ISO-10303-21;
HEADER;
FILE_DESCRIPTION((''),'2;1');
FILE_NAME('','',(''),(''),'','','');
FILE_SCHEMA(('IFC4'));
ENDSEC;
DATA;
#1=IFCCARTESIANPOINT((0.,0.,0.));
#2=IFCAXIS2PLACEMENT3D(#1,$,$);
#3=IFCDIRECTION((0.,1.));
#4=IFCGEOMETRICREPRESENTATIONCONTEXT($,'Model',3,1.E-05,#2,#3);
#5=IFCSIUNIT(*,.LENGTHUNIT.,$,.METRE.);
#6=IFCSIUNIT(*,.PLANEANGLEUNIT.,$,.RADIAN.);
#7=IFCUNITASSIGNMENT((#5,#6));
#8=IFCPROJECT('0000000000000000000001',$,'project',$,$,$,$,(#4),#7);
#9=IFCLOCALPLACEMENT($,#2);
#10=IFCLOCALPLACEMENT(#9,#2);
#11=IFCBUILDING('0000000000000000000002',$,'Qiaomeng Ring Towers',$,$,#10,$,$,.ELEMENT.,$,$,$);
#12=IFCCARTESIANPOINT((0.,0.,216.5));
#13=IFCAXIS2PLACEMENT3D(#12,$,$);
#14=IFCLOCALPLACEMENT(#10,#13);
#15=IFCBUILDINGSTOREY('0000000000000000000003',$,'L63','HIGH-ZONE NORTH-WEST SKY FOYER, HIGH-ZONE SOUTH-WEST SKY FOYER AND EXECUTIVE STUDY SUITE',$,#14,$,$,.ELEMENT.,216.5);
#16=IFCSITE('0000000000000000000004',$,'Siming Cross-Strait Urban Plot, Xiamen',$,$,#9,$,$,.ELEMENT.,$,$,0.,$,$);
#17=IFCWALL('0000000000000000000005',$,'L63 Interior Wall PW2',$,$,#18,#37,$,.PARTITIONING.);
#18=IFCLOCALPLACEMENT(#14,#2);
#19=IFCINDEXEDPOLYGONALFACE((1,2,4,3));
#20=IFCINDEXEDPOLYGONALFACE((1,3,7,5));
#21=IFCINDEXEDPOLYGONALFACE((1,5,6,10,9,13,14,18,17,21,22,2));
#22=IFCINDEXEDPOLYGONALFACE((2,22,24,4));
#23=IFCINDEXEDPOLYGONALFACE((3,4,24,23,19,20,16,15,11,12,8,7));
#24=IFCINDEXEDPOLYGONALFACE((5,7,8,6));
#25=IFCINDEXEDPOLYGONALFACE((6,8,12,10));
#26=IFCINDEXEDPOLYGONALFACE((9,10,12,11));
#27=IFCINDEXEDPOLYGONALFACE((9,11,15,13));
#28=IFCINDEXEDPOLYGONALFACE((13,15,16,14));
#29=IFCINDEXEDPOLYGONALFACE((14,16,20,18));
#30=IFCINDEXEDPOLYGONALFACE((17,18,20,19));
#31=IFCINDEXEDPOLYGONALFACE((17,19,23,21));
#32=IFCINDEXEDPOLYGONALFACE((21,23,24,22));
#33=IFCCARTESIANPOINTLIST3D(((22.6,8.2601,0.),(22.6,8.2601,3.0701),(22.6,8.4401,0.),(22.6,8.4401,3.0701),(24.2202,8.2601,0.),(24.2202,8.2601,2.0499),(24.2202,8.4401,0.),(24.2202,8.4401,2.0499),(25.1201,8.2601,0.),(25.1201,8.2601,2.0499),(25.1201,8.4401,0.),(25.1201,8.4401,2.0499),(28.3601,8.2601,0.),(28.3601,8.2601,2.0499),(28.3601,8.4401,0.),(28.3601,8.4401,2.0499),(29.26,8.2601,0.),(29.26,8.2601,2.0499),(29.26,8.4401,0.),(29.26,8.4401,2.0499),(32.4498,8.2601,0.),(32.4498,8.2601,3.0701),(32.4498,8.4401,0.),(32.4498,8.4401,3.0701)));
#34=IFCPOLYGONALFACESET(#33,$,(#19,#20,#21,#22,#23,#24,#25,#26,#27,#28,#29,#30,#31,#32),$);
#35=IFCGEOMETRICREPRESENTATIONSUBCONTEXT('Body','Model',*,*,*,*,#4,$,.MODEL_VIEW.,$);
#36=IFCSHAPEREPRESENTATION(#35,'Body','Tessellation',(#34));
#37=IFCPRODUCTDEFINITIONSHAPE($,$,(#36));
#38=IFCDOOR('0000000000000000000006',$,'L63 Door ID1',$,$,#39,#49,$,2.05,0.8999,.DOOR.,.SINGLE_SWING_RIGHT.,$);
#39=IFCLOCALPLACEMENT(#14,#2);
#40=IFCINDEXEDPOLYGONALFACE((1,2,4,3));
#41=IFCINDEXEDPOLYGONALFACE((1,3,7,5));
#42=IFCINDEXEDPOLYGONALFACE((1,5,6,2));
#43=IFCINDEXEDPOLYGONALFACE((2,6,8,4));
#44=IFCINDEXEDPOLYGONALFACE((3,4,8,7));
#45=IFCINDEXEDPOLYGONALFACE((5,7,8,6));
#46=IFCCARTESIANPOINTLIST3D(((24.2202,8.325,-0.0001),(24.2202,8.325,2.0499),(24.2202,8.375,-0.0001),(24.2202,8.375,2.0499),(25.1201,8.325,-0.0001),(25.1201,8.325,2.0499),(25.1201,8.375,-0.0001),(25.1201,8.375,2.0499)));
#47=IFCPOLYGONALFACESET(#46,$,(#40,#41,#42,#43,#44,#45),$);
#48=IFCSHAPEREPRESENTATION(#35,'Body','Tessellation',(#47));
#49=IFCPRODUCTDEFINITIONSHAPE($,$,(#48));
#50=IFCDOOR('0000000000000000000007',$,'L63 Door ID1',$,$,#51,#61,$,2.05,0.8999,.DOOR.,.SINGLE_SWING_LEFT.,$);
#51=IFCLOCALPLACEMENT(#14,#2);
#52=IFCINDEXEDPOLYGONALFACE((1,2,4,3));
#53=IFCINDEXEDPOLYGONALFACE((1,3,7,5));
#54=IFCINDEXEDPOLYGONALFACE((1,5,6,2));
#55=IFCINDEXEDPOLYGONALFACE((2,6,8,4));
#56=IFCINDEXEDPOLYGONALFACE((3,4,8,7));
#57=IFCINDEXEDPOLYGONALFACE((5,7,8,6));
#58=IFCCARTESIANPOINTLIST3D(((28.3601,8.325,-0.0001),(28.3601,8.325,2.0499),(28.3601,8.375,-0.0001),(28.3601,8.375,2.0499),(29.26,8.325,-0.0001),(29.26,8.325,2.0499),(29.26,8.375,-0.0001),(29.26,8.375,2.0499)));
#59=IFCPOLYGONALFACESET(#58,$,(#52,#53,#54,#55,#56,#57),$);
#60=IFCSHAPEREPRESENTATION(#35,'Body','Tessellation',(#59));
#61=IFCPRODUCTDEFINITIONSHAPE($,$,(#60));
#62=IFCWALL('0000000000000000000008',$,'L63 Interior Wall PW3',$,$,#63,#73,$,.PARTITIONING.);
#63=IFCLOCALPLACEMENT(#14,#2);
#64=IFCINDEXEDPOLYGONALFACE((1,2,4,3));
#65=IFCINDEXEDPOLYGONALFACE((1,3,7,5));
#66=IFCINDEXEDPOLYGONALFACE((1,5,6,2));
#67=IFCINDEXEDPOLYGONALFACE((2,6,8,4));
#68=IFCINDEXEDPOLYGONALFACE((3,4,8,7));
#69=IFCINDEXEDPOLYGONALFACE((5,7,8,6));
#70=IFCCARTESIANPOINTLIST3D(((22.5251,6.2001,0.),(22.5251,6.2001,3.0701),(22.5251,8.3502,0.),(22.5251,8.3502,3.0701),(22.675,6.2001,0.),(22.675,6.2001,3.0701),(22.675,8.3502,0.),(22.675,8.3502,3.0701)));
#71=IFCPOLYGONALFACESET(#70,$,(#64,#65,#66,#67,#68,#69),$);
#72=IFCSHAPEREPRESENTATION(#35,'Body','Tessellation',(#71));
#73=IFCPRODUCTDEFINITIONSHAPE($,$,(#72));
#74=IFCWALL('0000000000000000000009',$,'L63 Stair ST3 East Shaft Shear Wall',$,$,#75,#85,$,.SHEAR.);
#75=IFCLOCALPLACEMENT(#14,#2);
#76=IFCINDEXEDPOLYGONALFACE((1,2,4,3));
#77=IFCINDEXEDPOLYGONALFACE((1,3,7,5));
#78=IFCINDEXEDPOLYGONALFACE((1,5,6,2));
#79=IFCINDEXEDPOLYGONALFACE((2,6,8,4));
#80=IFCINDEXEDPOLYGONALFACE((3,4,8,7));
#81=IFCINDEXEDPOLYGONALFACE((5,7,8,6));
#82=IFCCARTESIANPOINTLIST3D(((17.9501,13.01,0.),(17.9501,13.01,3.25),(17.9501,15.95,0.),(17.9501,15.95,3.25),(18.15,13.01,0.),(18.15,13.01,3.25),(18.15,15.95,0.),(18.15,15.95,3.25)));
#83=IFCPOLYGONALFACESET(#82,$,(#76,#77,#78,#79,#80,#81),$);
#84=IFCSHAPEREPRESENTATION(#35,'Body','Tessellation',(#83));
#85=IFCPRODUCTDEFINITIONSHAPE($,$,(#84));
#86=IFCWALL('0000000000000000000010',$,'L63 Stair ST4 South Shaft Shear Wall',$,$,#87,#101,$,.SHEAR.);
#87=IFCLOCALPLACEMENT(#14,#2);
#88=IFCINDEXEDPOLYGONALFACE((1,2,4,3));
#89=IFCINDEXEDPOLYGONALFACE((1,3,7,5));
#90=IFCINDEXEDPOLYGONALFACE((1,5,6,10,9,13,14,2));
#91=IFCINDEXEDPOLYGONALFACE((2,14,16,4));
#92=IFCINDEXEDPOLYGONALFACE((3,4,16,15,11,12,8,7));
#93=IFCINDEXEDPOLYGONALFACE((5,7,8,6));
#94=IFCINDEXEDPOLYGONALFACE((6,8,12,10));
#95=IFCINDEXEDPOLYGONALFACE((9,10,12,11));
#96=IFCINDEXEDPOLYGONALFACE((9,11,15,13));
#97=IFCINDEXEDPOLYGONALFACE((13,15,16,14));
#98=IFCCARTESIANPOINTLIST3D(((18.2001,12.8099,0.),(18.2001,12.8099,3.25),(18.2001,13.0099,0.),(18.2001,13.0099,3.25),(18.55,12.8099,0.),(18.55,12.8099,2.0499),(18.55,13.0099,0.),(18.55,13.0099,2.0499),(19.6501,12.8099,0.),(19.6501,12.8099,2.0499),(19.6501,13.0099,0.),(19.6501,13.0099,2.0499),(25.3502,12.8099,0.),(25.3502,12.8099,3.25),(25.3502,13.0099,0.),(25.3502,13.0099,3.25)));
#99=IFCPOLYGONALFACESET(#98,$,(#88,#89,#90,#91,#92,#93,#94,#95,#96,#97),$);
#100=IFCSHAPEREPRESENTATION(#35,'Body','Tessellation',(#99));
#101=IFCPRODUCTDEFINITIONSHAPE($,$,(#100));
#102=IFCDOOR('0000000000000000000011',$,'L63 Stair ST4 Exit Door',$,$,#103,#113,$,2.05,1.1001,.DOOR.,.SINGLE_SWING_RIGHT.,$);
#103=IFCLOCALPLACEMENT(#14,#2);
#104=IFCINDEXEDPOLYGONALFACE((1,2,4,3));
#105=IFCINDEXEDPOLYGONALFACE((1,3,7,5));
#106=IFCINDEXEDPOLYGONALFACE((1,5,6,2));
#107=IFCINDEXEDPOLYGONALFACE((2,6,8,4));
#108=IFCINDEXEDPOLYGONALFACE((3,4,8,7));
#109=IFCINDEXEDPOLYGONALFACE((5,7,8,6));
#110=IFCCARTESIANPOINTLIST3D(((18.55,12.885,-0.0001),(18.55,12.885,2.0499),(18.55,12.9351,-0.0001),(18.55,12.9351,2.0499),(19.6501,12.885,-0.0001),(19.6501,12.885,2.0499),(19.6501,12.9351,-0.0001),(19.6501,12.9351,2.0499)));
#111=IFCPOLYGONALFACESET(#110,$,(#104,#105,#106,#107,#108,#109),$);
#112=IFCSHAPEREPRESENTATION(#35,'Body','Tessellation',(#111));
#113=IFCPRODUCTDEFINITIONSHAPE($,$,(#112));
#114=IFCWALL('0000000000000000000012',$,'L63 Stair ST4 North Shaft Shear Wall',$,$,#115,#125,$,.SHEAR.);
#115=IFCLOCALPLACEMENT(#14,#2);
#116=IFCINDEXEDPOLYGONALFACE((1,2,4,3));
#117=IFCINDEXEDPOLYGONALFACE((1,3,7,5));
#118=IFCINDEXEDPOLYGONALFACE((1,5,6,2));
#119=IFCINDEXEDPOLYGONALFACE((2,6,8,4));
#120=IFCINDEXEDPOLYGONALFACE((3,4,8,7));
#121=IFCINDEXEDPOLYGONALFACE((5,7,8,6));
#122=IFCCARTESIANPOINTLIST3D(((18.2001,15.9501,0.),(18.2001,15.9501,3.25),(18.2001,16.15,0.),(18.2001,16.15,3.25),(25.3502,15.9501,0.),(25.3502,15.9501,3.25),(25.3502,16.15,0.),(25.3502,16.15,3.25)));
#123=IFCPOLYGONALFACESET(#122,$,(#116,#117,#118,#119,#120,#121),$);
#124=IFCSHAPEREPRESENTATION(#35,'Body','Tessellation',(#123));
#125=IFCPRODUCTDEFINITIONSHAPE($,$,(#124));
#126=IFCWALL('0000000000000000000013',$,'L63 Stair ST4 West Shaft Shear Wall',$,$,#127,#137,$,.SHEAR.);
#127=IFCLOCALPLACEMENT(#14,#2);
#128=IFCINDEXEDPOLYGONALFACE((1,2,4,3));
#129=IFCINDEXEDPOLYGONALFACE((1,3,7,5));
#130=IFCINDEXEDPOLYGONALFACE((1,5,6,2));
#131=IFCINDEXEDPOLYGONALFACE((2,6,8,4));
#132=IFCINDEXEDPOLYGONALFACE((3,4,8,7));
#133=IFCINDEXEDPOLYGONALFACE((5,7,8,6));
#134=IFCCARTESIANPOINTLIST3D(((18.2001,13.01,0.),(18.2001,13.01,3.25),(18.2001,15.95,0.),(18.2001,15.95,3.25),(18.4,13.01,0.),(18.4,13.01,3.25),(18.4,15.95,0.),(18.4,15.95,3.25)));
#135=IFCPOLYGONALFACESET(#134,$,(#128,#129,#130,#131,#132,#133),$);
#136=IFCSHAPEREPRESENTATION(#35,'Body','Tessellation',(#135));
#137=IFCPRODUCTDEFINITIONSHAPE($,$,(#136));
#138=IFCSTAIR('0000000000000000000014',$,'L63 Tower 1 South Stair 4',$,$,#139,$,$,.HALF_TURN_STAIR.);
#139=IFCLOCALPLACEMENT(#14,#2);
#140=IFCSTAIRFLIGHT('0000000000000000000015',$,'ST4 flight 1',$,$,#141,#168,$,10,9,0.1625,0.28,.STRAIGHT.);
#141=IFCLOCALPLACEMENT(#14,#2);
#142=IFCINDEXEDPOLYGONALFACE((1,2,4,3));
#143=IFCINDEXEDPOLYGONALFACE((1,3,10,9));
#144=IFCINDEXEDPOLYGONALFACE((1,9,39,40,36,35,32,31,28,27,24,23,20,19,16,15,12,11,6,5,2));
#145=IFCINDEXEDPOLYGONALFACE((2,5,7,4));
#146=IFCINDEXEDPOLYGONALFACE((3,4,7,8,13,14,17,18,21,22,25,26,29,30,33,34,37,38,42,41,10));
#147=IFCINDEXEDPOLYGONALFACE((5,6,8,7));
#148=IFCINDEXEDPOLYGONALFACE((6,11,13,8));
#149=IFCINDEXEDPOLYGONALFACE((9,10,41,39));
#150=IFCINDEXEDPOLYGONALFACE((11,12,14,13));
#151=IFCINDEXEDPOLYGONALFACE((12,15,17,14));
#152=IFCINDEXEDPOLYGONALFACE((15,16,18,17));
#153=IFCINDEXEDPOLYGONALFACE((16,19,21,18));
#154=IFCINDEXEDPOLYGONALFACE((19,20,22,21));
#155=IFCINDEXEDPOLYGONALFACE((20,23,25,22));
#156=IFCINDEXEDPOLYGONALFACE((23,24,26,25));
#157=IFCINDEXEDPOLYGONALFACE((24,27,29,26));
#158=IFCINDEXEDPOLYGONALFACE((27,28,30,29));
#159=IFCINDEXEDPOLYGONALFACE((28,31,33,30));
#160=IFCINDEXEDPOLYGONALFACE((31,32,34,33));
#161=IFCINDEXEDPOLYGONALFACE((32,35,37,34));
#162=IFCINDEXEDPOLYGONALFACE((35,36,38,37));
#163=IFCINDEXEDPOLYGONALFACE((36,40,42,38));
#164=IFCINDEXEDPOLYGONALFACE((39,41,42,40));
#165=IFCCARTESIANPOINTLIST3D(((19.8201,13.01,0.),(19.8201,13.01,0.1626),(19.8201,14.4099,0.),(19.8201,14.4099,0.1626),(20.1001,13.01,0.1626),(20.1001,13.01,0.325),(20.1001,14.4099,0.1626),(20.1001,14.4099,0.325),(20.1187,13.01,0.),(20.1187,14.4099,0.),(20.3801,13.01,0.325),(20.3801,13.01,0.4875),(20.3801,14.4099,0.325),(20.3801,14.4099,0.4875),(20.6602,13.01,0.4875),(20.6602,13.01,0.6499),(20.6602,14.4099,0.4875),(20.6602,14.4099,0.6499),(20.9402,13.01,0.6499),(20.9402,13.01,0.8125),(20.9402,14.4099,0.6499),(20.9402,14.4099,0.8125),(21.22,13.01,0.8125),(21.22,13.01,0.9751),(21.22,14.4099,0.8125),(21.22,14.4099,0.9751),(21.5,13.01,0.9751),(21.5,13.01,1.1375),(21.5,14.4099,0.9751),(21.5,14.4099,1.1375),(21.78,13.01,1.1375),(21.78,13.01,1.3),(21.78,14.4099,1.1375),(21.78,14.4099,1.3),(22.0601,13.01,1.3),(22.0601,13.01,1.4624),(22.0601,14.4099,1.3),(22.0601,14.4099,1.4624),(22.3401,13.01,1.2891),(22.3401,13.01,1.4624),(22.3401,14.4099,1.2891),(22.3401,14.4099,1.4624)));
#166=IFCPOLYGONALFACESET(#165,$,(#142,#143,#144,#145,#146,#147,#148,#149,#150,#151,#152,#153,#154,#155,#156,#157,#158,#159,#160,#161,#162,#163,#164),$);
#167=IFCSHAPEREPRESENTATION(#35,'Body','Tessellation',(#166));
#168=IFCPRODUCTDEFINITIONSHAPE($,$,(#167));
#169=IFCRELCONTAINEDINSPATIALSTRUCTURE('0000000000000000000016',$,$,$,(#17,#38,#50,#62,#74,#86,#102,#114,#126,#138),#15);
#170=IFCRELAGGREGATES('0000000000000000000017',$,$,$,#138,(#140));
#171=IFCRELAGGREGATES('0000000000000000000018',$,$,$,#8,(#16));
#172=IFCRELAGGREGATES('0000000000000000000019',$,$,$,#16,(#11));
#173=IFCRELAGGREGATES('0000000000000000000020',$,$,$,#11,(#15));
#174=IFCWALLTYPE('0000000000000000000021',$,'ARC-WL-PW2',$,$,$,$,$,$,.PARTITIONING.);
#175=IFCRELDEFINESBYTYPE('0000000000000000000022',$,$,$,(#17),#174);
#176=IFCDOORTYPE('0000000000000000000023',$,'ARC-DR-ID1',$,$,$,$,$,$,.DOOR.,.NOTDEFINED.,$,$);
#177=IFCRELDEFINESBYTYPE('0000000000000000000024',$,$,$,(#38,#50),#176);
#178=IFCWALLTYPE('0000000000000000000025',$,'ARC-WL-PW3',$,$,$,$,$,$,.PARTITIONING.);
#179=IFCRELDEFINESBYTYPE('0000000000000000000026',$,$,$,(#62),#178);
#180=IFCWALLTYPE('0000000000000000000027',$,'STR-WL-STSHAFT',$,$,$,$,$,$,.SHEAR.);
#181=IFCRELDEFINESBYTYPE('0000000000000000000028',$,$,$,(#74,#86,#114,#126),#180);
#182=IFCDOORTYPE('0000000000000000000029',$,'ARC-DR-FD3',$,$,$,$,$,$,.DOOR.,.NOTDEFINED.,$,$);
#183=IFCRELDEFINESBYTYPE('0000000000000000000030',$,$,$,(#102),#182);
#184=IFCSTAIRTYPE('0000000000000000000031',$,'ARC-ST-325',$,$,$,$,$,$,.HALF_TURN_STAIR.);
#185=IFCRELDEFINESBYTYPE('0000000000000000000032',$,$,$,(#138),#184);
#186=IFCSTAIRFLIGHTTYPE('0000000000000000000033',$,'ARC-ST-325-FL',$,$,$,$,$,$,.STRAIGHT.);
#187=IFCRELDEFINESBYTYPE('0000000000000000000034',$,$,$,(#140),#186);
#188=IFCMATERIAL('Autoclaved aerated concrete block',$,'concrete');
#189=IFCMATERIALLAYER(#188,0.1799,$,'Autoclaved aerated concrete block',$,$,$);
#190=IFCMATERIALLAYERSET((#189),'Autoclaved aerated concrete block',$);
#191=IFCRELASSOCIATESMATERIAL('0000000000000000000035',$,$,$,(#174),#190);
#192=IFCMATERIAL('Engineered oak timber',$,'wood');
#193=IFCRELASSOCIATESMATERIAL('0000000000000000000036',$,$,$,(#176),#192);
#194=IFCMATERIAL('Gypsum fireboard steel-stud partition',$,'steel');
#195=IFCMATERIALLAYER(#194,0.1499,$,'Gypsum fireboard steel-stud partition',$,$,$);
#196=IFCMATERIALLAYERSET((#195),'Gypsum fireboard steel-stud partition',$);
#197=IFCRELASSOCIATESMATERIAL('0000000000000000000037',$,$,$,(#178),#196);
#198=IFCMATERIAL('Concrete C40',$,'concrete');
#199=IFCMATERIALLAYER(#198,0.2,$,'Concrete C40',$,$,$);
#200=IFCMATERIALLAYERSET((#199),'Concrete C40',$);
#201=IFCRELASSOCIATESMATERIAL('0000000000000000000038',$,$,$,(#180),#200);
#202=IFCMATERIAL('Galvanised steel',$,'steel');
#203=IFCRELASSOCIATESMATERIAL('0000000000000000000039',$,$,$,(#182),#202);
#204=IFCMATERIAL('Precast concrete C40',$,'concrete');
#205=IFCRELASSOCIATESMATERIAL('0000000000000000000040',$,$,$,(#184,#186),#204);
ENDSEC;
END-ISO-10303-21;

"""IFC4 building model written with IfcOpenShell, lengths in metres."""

from ifc_helpers import new_model, si_unit, direction, frame, frame_2d, origin, place, context, subcontext, project, spatial, polyline, rectangle, outline, extrude, source, transform, mapped, material, layer, layer_set, type_object, element, fill, aggregate, save


model = new_model("IFC4")

# Units and contexts
model_context = context("Model", 3, precision=1e-05, world=origin(), true_north=direction((0.0, 1.0)))
body_context = subcontext(model_context, "Body", "Model", "MODEL_VIEW")
ifc_project = project(units=[si_unit("LENGTHUNIT", "METRE"), si_unit("PLANEANGLEUNIT", "RADIAN")], contexts=[model_context])

# Site, building, storey
site_placement = place(None, origin())
site = spatial("IfcSite", under=ifc_project, at=site_placement, Name="Siming Cross-Strait Urban Plot, Xiamen", CompositionType="ELEMENT", RefElevation=0.0)
building_placement = place(site_placement, origin())
building = spatial("IfcBuilding", under=site, at=building_placement, Name="Qiaomeng Ring Towers", CompositionType="ELEMENT")
storey_placement = place(building_placement, frame((0.0, 0.0, 216.5)))
storey = spatial("IfcBuildingStorey", under=building, at=storey_placement, Name="L63", Description="HIGH-ZONE NORTH-WEST SKY FOYER, HIGH-ZONE SOUTH-WEST SKY FOYER AND EXECUTIVE STUDY SUITE", CompositionType="ELEMENT", Elevation=216.5)

# Shared definitions
ifc_material_1 = material(Name="Autoclaved aerated concrete block", Category="concrete")

# Wall, openings, doors
ifc_layer_1 = layer(ifc_material_1, 0.1799, Name="Autoclaved aerated concrete block")
ifc_layer_set_1 = layer_set([ifc_layer_1], Name="Autoclaved aerated concrete block")
wall_type_1 = type_object("IfcWallType", Name="ARC-WL-PW2", PredefinedType="PARTITIONING", material=ifc_layer_set_1)
wall_1_placement = place(storey_placement, frame((22.6001, 8.3501, 0.0), z_axis=(0.0, 0.0, 1.0), x_axis=(1.0, 0.0, 0.0)))
wall_1 = element("IfcWall", 1, at=wall_1_placement, inside=storey, type_object=wall_type_1, Name="L63 Interior Wall PW2", PredefinedType="PARTITIONING", context=body_context, shape_type="SweptSolid", body=[
    extrude(rectangle(XDim=9.8499, YDim=0.1799, at=frame_2d((4.9248, 0.0))), origin(), (0.0, 0.0, 1.0), 3.0701),
])
opening_1_placement = place(wall_1_placement, frame((1.6201, 0.0, 0.0)))
opening_1 = element("IfcOpeningElement", 2, at=opening_1_placement, cuts=wall_1, PredefinedType="OPENING", context=body_context, shape_type="SweptSolid", body=[
    extrude(rectangle(XDim=0.8999, YDim=2.05, at=frame_2d((0.45, 1.0249))), frame((0.0, 0.0999, 0.0), z_axis=(0.0, -1.0, 0.0), x_axis=(1.0, 0.0, 0.0)), (0.0, 0.0, 1.0), 0.2),
])
opening_2_placement = place(wall_1_placement, frame((5.76, 0.0, 0.0)))
opening_2 = element("IfcOpeningElement", 3, at=opening_2_placement, cuts=wall_1, PredefinedType="OPENING", context=body_context, shape_type="SweptSolid", body=[
    extrude(rectangle(XDim=0.8999, YDim=2.05, at=frame_2d((0.45, 1.0249))), frame((0.0, 0.0999, 0.0), z_axis=(0.0, -1.0, 0.0), x_axis=(1.0, 0.0, 0.0)), (0.0, 0.0, 1.0), 0.2),
])
ifc_material_2 = material(Name="Engineered oak timber", Category="wood")
door_type_1 = type_object("IfcDoorType", Name="ARC-DR-ID1", OperationType="NOTDEFINED", PredefinedType="DOOR", material=ifc_material_2)
shared_shape_1 = source(origin(), body_context, "Body", "SweptSolid", [
    extrude(rectangle(XDim=0.8999, YDim=2.05, at=frame_2d((0.45, 1.0249))), frame((0.0, 0.0249, 0.0), z_axis=(0.0, -1.0, 0.0), x_axis=(1.0, 0.0, 0.0)), (0.0, 0.0, 1.0), 0.05),
])
door_1_placement = place(opening_1_placement, origin())
door_1 = element("IfcDoor", 4, at=door_1_placement, inside=storey, type_object=door_type_1, Name="L63 Door ID1", OperationType="SINGLE_SWING_RIGHT", OverallHeight=2.05, OverallWidth=0.8999, PredefinedType="DOOR", context=body_context, shape_type="MappedRepresentation", body=[
    mapped(shared_shape_1, transform((0.0, 0.0, 0.0), x_axis=(1.0, 0.0, 0.0), y_axis=(0.0, 1.0, 0.0), z_axis=(0.0, 0.0, 1.0), scale=1.0)),
])
fill(opening_1, door_1)
door_2_placement = place(opening_2_placement, origin())
door_2 = element("IfcDoor", 5, at=door_2_placement, inside=storey, type_object=door_type_1, Name="L63 Door ID1", OperationType="SINGLE_SWING_LEFT", OverallHeight=2.05, OverallWidth=0.8999, PredefinedType="DOOR", context=body_context, shape_type="MappedRepresentation", body=[
    mapped(shared_shape_1, transform((0.0, 0.0, 0.0), x_axis=(1.0, 0.0, 0.0), y_axis=(0.0, 1.0, 0.0), z_axis=(0.0, 0.0, 1.0), scale=1.0)),
])
fill(opening_2, door_2)

# Walls
ifc_material_3 = material(Name="Gypsum fireboard steel-stud partition", Category="steel")
ifc_layer_2 = layer(ifc_material_3, 0.1499, Name="Gypsum fireboard steel-stud partition")
ifc_layer_set_2 = layer_set([ifc_layer_2], Name="Gypsum fireboard steel-stud partition")
wall_type_2 = type_object("IfcWallType", Name="ARC-WL-PW3", PredefinedType="PARTITIONING", material=ifc_layer_set_2)
wall_2_placement = place(storey_placement, frame((22.6001, 6.2, 0.0), z_axis=(0.0, 0.0, 1.0), x_axis=(0.0, 1.0, 0.0)))
element("IfcWall", 6, at=wall_2_placement, inside=storey, type_object=wall_type_2, Name="L63 Interior Wall PW3", PredefinedType="PARTITIONING", context=body_context, shape_type="SweptSolid", body=[
    extrude(rectangle(XDim=2.1501, YDim=0.1499, at=frame_2d((1.0752, 0.0))), origin(), (0.0, 0.0, 1.0), 3.0701),
])
ifc_material_4 = material(Name="Concrete C40", Category="concrete")
ifc_layer_3 = layer(ifc_material_4, 0.2, Name="Concrete C40")
ifc_layer_set_3 = layer_set([ifc_layer_3], Name="Concrete C40")
wall_type_3 = type_object("IfcWallType", Name="STR-WL-STSHAFT", PredefinedType="SHEAR", material=ifc_layer_set_3)
wall_3_placement = place(storey_placement, frame((18.05, 13.01, 0.0), z_axis=(0.0, 0.0, 1.0), x_axis=(0.0, 1.0, 0.0)))
element("IfcWall", 7, at=wall_3_placement, inside=storey, type_object=wall_type_3, Name="L63 Stair ST3 East Shaft Shear Wall", PredefinedType="SHEAR", context=body_context, shape_type="SweptSolid", body=[
    extrude(rectangle(XDim=2.9399, YDim=0.2, at=frame_2d((1.47, 0.0))), origin(), (0.0, 0.0, 1.0), 3.25),
])

# Wall, opening, door
wall_4_placement = place(storey_placement, frame((18.2, 12.9099, 0.0), z_axis=(0.0, 0.0, 1.0), x_axis=(1.0, 0.0, 0.0)))
wall_4 = element("IfcWall", 8, at=wall_4_placement, inside=storey, type_object=wall_type_3, Name="L63 Stair ST4 South Shaft Shear Wall", PredefinedType="SHEAR", context=body_context, shape_type="SweptSolid", body=[
    extrude(rectangle(XDim=7.1501, YDim=0.2, at=frame_2d((3.5752, 0.0))), origin(), (0.0, 0.0, 1.0), 3.25),
])
opening_3_placement = place(wall_4_placement, frame((0.3501, 0.0, 0.0)))
opening_3 = element("IfcOpeningElement", 9, at=opening_3_placement, cuts=wall_4, PredefinedType="OPENING", context=body_context, shape_type="SweptSolid", body=[
    extrude(rectangle(XDim=1.1001, YDim=2.05, at=frame_2d((0.55, 1.0249))), frame((0.0, 0.1099, 0.0), z_axis=(0.0, -1.0, 0.0), x_axis=(1.0, 0.0, 0.0)), (0.0, 0.0, 1.0), 0.22),
])
ifc_material_5 = material(Name="Galvanised steel", Category="steel")
door_type_2 = type_object("IfcDoorType", Name="ARC-DR-FD3", OperationType="NOTDEFINED", PredefinedType="DOOR", material=ifc_material_5)
shared_shape_2 = source(origin(), body_context, "Body", "SweptSolid", [
    extrude(rectangle(XDim=1.1001, YDim=2.05, at=frame_2d((0.55, 1.0249))), frame((0.0, 0.0249, 0.0), z_axis=(0.0, -1.0, 0.0), x_axis=(1.0, 0.0, 0.0)), (0.0, 0.0, 1.0), 0.05),
])
door_3_placement = place(opening_3_placement, frame((1.1001, 0.0, 0.0), z_axis=(0.0, 0.0, 1.0), x_axis=(-1.0, 0.0, 0.0)))
door_3 = element("IfcDoor", 10, at=door_3_placement, inside=storey, type_object=door_type_2, Name="L63 Stair ST4 Exit Door", OperationType="SINGLE_SWING_RIGHT", OverallHeight=2.05, OverallWidth=1.1001, PredefinedType="DOOR", context=body_context, shape_type="MappedRepresentation", body=[
    mapped(shared_shape_2, transform((0.0, 0.0, 0.0), x_axis=(1.0, 0.0, 0.0), y_axis=(0.0, 1.0, 0.0), z_axis=(0.0, 0.0, 1.0), scale=1.0)),
])
fill(opening_3, door_3)

# Walls
wall_5_placement = place(storey_placement, frame((18.2, 16.05, 0.0), z_axis=(0.0, 0.0, 1.0), x_axis=(1.0, 0.0, 0.0)))
element("IfcWall", 11, at=wall_5_placement, inside=storey, type_object=wall_type_3, Name="L63 Stair ST4 North Shaft Shear Wall", PredefinedType="SHEAR", context=body_context, shape_type="SweptSolid", body=[
    extrude(rectangle(XDim=7.1501, YDim=0.2, at=frame_2d((3.5752, 0.0))), origin(), (0.0, 0.0, 1.0), 3.25),
])
wall_6_placement = place(storey_placement, frame((18.3, 13.01, 0.0), z_axis=(0.0, 0.0, 1.0), x_axis=(0.0, 1.0, 0.0)))
element("IfcWall", 12, at=wall_6_placement, inside=storey, type_object=wall_type_3, Name="L63 Stair ST4 West Shaft Shear Wall", PredefinedType="SHEAR", context=body_context, shape_type="SweptSolid", body=[
    extrude(rectangle(XDim=2.9399, YDim=0.2, at=frame_2d((1.47, 0.0))), origin(), (0.0, 0.0, 1.0), 3.25),
])

# Stair, stair flight
ifc_material_6 = material(Name="Precast concrete C40", Category="concrete")
stair_type = type_object("IfcStairType", Name="ARC-ST-325", PredefinedType="HALF_TURN_STAIR", material=ifc_material_6)
stair_placement = place(storey_placement, origin())
stair = element("IfcStair", 13, at=stair_placement, inside=storey, type_object=stair_type, Name="L63 Tower 1 South Stair 4", PredefinedType="HALF_TURN_STAIR")
stair_flight_type = type_object("IfcStairFlightType", Name="ARC-ST-325-FL", PredefinedType="STRAIGHT", material=ifc_material_6)
shared_shape_3 = source(origin(), body_context, "Body", "SweptSolid", [
    extrude(outline(polyline([(0.0, 0.0), (0.0, 0.1626), (0.28, 0.1626), (0.28, 0.325), (0.5601, 0.325), (0.5601, 0.4875), (0.8401, 0.4875), (0.8401, 0.6499), (1.1201, 0.6499), (1.1201, 0.8125), (1.3999, 0.8125), (1.3999, 0.9751), (1.6799, 0.9751), (1.6799, 1.1375), (1.96, 1.1375), (1.96, 1.3), (2.24, 1.3), (2.24, 1.4624), (2.52, 1.4624), (2.52, 1.625), (2.52, 1.2891), (0.2986, 0.0), (0.0, 0.0)])), frame((0.0, 0.7, 0.0), z_axis=(0.0, -1.0, 0.0), x_axis=(1.0, 0.0, 0.0)), (0.0, 0.0, 1.0), 1.3999),
])
stair_flight_1_placement = place(storey_placement, frame((19.8201, 13.71, 0.0), z_axis=(0.0, 0.0, 1.0), x_axis=(1.0, 0.0, 0.0)))
stair_flight_1 = element("IfcStairFlight", 14, at=stair_flight_1_placement, type_object=stair_flight_type, Name="ST4 flight 1", NumberOfRisers=10, NumberOfTreads=9, PredefinedType="STRAIGHT", RiserHeight=0.1625, TreadLength=0.28, context=body_context, shape_type="MappedRepresentation", body=[
    mapped(shared_shape_3, transform((0.0, 0.0, 0.0), x_axis=(1.0, 0.0, 0.0), y_axis=(0.0, 1.0, 0.0), z_axis=(0.0, 0.0, 1.0), scale=1.0)),
])
aggregate(stair, [stair_flight_1])

save(model, "model.ifc")
